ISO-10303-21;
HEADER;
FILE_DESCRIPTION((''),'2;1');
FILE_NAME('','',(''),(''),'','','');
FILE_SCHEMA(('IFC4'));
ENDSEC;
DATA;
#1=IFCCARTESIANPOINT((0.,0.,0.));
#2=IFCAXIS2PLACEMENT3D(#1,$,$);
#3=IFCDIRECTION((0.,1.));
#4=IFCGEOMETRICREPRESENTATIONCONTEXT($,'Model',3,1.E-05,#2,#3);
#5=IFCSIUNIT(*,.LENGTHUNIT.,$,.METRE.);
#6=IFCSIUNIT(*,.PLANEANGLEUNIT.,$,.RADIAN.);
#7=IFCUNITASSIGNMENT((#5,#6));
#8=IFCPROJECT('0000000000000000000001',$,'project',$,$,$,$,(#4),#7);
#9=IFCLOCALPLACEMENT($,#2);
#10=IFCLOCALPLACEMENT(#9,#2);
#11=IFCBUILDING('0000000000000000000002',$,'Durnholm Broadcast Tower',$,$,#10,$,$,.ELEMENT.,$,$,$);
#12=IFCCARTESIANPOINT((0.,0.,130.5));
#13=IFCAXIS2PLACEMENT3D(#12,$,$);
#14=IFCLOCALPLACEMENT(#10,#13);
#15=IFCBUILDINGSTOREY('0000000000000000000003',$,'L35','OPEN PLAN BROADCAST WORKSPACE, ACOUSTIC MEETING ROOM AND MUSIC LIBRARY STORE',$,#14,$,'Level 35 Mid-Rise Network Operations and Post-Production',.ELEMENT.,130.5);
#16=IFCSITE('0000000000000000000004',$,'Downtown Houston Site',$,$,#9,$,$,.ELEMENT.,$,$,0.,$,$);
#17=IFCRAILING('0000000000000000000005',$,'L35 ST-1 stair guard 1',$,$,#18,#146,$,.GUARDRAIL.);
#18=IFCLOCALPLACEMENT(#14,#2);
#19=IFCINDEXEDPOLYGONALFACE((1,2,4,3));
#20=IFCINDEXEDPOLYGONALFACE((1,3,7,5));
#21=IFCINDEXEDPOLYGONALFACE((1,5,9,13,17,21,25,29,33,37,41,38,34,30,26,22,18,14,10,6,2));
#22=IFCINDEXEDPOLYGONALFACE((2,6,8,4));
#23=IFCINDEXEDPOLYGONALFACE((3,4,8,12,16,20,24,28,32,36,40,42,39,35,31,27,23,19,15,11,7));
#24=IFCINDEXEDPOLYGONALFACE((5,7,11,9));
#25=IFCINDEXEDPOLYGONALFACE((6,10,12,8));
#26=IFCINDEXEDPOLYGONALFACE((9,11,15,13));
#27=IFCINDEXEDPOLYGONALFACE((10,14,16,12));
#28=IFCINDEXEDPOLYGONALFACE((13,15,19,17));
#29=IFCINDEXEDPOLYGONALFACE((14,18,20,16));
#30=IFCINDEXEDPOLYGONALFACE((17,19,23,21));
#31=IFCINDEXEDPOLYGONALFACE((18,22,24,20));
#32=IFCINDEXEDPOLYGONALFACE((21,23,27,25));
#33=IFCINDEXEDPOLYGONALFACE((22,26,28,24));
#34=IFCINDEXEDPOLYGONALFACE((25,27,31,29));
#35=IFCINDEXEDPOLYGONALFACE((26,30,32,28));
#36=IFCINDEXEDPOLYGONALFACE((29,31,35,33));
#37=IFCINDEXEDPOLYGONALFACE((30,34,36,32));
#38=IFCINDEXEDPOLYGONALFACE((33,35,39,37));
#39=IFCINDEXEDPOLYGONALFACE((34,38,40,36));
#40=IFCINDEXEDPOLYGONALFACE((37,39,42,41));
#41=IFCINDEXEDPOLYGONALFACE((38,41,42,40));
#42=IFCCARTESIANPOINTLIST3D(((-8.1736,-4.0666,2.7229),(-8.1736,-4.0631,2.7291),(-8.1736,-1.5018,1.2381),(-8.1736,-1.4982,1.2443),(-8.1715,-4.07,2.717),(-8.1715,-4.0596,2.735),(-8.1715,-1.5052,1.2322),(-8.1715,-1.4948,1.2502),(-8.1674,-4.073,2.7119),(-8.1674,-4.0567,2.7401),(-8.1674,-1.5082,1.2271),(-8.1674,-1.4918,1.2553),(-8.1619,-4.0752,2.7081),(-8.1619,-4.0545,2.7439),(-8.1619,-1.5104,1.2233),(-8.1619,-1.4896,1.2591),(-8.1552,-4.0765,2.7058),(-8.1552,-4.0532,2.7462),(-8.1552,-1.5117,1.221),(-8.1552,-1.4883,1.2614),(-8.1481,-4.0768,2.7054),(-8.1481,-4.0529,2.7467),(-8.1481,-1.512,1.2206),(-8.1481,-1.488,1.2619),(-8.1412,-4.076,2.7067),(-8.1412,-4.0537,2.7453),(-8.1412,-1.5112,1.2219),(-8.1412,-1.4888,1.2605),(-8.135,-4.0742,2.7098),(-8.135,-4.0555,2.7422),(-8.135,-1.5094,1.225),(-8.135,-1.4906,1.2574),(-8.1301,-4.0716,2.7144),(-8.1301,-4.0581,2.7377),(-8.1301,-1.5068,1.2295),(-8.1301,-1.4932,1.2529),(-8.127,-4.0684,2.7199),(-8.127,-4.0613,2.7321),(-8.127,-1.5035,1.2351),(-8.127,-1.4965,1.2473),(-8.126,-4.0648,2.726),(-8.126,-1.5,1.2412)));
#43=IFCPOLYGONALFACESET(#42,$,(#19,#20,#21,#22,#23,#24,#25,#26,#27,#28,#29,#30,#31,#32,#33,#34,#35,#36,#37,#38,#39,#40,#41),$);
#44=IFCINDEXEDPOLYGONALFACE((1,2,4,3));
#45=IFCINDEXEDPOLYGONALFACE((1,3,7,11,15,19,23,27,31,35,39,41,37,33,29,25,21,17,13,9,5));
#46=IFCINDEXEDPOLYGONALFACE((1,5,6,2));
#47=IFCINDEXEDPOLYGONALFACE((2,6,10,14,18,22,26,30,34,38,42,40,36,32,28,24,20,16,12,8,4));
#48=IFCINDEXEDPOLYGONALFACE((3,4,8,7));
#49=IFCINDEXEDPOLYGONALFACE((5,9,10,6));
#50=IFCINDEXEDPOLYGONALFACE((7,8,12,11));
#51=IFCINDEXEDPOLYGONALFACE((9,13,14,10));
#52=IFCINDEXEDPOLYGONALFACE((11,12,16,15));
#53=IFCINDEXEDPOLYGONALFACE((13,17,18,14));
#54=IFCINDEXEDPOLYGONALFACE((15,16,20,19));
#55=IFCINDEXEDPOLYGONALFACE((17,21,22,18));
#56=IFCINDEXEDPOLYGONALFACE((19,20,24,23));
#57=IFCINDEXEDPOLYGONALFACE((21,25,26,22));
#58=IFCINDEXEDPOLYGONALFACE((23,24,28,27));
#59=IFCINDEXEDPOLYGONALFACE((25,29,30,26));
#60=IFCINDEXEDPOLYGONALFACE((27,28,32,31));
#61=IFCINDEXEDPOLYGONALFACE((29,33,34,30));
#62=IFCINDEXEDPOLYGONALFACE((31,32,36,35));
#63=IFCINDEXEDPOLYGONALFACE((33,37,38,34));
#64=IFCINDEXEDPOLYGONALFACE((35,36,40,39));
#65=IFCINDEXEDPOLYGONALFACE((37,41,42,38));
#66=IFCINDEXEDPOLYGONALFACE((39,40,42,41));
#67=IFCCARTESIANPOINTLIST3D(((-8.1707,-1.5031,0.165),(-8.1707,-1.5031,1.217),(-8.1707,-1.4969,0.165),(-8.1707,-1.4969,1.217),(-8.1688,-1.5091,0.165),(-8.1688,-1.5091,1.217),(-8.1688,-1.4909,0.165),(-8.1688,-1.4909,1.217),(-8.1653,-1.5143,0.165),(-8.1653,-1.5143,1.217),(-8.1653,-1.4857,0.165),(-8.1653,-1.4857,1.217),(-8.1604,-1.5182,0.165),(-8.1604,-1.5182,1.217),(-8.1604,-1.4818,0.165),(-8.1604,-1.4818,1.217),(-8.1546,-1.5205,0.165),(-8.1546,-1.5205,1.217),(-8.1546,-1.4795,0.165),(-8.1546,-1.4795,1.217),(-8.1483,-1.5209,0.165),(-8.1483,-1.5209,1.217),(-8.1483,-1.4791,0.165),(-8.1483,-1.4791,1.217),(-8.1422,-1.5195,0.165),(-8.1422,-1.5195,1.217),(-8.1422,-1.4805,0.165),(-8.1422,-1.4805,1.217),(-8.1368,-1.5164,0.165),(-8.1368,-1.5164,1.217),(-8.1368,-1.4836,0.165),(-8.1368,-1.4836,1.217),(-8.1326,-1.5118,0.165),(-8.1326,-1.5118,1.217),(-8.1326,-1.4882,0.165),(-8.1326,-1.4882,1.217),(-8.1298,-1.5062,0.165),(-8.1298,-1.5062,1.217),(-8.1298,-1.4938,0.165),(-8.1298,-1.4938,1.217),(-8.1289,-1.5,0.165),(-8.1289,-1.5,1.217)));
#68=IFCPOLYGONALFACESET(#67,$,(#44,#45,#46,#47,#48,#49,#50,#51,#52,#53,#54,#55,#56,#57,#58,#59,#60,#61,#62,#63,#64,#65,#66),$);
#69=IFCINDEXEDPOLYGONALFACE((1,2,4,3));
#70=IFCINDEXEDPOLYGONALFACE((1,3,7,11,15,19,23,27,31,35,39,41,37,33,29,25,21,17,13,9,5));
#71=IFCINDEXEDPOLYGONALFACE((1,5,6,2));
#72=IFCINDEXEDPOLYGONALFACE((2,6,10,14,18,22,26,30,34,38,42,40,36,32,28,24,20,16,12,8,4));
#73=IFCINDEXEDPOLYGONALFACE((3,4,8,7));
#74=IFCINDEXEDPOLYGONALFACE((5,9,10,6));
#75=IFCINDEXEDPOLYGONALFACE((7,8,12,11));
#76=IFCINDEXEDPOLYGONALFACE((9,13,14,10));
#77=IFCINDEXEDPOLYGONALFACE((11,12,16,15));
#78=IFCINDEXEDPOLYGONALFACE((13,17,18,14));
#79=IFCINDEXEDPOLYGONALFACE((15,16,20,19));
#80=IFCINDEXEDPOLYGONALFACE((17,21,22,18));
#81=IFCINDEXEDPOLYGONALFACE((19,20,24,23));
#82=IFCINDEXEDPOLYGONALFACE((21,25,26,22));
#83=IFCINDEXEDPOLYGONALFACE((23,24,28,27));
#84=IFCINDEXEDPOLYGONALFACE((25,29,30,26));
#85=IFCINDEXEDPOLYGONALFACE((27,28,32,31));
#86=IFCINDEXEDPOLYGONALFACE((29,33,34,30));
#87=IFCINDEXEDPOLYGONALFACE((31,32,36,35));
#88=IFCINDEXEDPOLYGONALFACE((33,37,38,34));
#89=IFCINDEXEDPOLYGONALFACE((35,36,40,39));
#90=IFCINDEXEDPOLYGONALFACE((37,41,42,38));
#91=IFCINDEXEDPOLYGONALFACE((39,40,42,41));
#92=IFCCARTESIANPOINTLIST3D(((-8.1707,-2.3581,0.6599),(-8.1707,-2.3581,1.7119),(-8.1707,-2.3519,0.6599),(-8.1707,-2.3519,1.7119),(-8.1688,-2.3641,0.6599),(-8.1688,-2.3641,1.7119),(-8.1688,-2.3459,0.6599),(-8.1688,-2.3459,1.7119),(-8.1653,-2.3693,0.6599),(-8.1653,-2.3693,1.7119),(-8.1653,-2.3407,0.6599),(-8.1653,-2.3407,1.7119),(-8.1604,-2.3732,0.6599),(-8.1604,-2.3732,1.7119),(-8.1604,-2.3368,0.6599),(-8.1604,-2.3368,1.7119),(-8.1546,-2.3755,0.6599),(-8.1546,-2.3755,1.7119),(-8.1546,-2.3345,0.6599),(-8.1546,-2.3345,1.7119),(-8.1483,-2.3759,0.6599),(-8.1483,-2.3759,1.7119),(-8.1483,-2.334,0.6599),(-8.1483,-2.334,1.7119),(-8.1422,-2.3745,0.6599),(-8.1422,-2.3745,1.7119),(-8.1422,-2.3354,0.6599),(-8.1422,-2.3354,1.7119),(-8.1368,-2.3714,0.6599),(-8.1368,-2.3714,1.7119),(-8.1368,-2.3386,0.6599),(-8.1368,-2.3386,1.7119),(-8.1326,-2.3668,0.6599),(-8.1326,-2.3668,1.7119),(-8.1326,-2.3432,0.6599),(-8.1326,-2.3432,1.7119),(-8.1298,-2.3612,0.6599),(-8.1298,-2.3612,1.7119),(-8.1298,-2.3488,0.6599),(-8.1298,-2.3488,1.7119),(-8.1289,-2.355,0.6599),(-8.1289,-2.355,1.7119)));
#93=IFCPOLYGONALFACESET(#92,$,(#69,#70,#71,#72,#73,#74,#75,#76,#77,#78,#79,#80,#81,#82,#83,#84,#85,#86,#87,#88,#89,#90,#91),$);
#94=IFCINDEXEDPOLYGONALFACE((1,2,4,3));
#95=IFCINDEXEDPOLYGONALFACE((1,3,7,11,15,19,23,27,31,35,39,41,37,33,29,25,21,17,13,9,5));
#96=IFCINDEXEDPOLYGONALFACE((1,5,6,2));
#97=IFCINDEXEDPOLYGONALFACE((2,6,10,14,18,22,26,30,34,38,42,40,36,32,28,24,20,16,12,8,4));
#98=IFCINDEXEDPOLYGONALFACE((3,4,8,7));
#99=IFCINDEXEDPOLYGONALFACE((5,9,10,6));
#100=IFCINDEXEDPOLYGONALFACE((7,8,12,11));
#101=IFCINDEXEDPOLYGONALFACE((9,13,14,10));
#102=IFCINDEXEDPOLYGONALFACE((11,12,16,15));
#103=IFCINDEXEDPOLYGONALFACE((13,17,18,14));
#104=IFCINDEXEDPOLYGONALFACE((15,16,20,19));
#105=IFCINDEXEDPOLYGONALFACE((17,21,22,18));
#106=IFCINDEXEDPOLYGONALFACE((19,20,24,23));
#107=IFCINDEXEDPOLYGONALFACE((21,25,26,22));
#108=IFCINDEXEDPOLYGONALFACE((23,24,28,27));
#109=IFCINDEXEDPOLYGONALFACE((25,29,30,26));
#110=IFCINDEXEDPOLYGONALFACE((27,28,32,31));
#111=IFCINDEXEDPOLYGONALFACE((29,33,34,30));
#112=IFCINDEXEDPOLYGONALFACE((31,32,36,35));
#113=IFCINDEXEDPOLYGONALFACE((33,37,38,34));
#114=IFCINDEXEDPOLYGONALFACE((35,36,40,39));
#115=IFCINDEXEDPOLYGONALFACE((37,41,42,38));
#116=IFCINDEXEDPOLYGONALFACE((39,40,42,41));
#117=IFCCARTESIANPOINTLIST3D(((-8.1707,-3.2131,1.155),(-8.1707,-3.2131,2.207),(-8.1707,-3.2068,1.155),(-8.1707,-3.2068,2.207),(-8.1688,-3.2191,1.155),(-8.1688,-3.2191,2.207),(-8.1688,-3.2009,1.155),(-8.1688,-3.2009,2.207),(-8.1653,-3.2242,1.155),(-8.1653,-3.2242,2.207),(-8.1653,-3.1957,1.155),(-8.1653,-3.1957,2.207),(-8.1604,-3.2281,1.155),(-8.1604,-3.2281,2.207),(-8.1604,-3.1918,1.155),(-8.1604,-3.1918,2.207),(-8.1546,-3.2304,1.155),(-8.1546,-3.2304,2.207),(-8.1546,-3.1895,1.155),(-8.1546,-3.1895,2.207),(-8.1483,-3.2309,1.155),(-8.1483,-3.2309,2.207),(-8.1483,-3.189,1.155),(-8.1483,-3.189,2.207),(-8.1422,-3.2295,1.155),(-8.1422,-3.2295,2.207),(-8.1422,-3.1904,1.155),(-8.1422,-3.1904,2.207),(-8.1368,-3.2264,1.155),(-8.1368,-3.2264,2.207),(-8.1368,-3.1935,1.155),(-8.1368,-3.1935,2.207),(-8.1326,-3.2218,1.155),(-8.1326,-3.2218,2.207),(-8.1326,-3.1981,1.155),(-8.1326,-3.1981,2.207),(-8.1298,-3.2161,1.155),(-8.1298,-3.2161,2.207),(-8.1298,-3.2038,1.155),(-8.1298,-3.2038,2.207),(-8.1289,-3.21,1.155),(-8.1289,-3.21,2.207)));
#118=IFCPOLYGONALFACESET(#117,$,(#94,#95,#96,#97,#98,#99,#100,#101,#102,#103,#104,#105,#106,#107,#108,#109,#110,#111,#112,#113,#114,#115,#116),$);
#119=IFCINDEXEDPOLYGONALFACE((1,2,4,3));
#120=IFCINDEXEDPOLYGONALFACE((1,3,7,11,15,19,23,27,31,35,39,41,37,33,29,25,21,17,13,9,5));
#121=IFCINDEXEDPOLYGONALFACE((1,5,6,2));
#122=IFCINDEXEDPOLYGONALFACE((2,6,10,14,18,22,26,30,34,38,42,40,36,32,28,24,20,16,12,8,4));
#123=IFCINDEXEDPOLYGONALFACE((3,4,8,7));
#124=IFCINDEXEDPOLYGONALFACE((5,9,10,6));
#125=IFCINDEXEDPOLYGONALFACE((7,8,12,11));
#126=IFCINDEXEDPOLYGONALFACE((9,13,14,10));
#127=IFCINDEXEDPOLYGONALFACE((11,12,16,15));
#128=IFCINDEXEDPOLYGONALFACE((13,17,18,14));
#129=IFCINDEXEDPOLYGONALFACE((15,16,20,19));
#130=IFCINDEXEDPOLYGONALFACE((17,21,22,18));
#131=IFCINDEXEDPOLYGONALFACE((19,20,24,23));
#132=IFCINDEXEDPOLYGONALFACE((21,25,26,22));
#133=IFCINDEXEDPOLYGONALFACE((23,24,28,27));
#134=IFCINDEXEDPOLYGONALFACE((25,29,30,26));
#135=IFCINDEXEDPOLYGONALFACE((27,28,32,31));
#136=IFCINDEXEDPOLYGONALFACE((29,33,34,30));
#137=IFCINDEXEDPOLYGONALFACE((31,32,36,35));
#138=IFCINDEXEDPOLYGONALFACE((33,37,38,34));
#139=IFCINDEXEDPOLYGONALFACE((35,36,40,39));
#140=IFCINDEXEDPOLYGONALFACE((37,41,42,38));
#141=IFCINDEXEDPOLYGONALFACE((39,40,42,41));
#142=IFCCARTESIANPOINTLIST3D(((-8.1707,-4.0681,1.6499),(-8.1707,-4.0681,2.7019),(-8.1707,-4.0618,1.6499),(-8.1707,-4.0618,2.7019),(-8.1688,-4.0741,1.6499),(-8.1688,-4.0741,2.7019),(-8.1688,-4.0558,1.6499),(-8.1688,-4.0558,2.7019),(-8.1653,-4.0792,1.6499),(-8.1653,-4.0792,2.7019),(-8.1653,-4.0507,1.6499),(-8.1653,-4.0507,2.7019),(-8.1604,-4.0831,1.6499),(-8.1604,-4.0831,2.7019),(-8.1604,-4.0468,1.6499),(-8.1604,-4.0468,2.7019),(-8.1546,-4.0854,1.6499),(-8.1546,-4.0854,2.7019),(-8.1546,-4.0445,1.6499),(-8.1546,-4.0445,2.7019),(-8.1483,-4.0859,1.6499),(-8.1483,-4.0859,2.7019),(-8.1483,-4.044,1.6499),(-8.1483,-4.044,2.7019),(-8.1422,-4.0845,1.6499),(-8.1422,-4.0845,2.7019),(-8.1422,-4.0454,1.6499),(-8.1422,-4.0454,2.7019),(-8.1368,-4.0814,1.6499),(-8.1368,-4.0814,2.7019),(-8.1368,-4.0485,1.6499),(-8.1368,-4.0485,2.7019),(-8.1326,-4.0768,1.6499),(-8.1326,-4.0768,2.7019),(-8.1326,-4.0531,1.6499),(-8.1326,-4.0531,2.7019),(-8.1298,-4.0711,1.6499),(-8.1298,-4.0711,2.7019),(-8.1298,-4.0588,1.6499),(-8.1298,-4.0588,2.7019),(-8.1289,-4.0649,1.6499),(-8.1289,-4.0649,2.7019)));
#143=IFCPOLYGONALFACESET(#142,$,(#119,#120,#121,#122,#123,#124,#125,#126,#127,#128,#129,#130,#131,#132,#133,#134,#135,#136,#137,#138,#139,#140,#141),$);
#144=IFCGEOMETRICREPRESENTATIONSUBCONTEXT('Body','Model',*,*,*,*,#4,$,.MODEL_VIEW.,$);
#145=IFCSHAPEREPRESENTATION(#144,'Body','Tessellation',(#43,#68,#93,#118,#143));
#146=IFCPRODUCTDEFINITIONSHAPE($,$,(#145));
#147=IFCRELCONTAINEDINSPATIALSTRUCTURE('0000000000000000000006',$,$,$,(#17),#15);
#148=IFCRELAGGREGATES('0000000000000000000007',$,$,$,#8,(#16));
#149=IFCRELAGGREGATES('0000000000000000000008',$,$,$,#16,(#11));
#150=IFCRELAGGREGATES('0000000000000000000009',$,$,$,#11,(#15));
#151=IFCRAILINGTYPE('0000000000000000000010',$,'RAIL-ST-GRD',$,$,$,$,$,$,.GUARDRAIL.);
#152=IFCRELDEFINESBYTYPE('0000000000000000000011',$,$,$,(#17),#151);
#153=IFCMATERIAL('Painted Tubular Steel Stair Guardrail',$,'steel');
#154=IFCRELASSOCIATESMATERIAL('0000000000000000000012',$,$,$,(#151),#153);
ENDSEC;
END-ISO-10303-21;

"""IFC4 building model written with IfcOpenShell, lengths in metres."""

from ifc_helpers import new_model, si_unit, direction, frame, origin, origin_2d, place, context, subcontext, project, spatial, circle, extrude, material, type_object, element, save


model = new_model("IFC4")

# Units and contexts
model_context = context("Model", 3, precision=1e-05, world=origin(), true_north=direction((0.0, 1.0)))
body_context = subcontext(model_context, "Body", "Model", "MODEL_VIEW")
ifc_project = project(units=[si_unit("LENGTHUNIT", "METRE"), si_unit("PLANEANGLEUNIT", "RADIAN")], contexts=[model_context])

# Site, building, storey
site_placement = place(None, origin())
site = spatial("IfcSite", under=ifc_project, at=site_placement, Name="Downtown Houston Site", CompositionType="ELEMENT", RefElevation=0.0)
building_placement = place(site_placement, origin())
building = spatial("IfcBuilding", under=site, at=building_placement, Name="Durnholm Broadcast Tower", CompositionType="ELEMENT")
storey_placement = place(building_placement, frame((0.0, 0.0, 130.5)))
storey = spatial("IfcBuildingStorey", under=building, at=storey_placement, Name="L35", Description="OPEN PLAN BROADCAST WORKSPACE, ACOUSTIC MEETING ROOM AND MUSIC LIBRARY STORE", LongName="Level 35 Mid-Rise Network Operations and Post-Production", CompositionType="ELEMENT", Elevation=130.5)

# Railing
ifc_material_1 = material(Name="Painted Tubular Steel Stair Guardrail", Category="steel")
railing_type_1 = type_object("IfcRailingType", Name="RAIL-ST-GRD", PredefinedType="GUARDRAIL", material=ifc_material_1)
railing_1_placement = place(storey_placement, frame((-8.1499, -1.5, 0.165)))
element("IfcRailing", 1, at=railing_1_placement, inside=storey, type_object=railing_type_1, Name="L35 ST-1 stair guard 1", PredefinedType="GUARDRAIL", context=body_context, shape_type="SweptSolid", body=[
    extrude(circle(Radius=0.0239, at=origin_2d()), frame((0.0, 0.0, 1.0762), z_axis=(0.0, -0.865441, 0.50101), x_axis=(1.0, 0.0, 0.0)), (0.0, 0.0, 1.0), 2.9636),
    extrude(circle(Radius=0.021, at=origin_2d()), origin(), (0.0, 0.0, 1.0), 1.052),
    extrude(circle(Radius=0.021, at=origin_2d()), frame((0.0, -0.855, 0.4949)), (0.0, 0.0, 1.0), 1.052),
    extrude(circle(Radius=0.021, at=origin_2d()), frame((0.0, -1.71, 0.99)), (0.0, 0.0, 1.0), 1.052),
    extrude(circle(Radius=0.021, at=origin_2d()), frame((0.0, -2.5649, 1.4849)), (0.0, 0.0, 1.0), 1.052),
])

save(model, "model.ifc")
